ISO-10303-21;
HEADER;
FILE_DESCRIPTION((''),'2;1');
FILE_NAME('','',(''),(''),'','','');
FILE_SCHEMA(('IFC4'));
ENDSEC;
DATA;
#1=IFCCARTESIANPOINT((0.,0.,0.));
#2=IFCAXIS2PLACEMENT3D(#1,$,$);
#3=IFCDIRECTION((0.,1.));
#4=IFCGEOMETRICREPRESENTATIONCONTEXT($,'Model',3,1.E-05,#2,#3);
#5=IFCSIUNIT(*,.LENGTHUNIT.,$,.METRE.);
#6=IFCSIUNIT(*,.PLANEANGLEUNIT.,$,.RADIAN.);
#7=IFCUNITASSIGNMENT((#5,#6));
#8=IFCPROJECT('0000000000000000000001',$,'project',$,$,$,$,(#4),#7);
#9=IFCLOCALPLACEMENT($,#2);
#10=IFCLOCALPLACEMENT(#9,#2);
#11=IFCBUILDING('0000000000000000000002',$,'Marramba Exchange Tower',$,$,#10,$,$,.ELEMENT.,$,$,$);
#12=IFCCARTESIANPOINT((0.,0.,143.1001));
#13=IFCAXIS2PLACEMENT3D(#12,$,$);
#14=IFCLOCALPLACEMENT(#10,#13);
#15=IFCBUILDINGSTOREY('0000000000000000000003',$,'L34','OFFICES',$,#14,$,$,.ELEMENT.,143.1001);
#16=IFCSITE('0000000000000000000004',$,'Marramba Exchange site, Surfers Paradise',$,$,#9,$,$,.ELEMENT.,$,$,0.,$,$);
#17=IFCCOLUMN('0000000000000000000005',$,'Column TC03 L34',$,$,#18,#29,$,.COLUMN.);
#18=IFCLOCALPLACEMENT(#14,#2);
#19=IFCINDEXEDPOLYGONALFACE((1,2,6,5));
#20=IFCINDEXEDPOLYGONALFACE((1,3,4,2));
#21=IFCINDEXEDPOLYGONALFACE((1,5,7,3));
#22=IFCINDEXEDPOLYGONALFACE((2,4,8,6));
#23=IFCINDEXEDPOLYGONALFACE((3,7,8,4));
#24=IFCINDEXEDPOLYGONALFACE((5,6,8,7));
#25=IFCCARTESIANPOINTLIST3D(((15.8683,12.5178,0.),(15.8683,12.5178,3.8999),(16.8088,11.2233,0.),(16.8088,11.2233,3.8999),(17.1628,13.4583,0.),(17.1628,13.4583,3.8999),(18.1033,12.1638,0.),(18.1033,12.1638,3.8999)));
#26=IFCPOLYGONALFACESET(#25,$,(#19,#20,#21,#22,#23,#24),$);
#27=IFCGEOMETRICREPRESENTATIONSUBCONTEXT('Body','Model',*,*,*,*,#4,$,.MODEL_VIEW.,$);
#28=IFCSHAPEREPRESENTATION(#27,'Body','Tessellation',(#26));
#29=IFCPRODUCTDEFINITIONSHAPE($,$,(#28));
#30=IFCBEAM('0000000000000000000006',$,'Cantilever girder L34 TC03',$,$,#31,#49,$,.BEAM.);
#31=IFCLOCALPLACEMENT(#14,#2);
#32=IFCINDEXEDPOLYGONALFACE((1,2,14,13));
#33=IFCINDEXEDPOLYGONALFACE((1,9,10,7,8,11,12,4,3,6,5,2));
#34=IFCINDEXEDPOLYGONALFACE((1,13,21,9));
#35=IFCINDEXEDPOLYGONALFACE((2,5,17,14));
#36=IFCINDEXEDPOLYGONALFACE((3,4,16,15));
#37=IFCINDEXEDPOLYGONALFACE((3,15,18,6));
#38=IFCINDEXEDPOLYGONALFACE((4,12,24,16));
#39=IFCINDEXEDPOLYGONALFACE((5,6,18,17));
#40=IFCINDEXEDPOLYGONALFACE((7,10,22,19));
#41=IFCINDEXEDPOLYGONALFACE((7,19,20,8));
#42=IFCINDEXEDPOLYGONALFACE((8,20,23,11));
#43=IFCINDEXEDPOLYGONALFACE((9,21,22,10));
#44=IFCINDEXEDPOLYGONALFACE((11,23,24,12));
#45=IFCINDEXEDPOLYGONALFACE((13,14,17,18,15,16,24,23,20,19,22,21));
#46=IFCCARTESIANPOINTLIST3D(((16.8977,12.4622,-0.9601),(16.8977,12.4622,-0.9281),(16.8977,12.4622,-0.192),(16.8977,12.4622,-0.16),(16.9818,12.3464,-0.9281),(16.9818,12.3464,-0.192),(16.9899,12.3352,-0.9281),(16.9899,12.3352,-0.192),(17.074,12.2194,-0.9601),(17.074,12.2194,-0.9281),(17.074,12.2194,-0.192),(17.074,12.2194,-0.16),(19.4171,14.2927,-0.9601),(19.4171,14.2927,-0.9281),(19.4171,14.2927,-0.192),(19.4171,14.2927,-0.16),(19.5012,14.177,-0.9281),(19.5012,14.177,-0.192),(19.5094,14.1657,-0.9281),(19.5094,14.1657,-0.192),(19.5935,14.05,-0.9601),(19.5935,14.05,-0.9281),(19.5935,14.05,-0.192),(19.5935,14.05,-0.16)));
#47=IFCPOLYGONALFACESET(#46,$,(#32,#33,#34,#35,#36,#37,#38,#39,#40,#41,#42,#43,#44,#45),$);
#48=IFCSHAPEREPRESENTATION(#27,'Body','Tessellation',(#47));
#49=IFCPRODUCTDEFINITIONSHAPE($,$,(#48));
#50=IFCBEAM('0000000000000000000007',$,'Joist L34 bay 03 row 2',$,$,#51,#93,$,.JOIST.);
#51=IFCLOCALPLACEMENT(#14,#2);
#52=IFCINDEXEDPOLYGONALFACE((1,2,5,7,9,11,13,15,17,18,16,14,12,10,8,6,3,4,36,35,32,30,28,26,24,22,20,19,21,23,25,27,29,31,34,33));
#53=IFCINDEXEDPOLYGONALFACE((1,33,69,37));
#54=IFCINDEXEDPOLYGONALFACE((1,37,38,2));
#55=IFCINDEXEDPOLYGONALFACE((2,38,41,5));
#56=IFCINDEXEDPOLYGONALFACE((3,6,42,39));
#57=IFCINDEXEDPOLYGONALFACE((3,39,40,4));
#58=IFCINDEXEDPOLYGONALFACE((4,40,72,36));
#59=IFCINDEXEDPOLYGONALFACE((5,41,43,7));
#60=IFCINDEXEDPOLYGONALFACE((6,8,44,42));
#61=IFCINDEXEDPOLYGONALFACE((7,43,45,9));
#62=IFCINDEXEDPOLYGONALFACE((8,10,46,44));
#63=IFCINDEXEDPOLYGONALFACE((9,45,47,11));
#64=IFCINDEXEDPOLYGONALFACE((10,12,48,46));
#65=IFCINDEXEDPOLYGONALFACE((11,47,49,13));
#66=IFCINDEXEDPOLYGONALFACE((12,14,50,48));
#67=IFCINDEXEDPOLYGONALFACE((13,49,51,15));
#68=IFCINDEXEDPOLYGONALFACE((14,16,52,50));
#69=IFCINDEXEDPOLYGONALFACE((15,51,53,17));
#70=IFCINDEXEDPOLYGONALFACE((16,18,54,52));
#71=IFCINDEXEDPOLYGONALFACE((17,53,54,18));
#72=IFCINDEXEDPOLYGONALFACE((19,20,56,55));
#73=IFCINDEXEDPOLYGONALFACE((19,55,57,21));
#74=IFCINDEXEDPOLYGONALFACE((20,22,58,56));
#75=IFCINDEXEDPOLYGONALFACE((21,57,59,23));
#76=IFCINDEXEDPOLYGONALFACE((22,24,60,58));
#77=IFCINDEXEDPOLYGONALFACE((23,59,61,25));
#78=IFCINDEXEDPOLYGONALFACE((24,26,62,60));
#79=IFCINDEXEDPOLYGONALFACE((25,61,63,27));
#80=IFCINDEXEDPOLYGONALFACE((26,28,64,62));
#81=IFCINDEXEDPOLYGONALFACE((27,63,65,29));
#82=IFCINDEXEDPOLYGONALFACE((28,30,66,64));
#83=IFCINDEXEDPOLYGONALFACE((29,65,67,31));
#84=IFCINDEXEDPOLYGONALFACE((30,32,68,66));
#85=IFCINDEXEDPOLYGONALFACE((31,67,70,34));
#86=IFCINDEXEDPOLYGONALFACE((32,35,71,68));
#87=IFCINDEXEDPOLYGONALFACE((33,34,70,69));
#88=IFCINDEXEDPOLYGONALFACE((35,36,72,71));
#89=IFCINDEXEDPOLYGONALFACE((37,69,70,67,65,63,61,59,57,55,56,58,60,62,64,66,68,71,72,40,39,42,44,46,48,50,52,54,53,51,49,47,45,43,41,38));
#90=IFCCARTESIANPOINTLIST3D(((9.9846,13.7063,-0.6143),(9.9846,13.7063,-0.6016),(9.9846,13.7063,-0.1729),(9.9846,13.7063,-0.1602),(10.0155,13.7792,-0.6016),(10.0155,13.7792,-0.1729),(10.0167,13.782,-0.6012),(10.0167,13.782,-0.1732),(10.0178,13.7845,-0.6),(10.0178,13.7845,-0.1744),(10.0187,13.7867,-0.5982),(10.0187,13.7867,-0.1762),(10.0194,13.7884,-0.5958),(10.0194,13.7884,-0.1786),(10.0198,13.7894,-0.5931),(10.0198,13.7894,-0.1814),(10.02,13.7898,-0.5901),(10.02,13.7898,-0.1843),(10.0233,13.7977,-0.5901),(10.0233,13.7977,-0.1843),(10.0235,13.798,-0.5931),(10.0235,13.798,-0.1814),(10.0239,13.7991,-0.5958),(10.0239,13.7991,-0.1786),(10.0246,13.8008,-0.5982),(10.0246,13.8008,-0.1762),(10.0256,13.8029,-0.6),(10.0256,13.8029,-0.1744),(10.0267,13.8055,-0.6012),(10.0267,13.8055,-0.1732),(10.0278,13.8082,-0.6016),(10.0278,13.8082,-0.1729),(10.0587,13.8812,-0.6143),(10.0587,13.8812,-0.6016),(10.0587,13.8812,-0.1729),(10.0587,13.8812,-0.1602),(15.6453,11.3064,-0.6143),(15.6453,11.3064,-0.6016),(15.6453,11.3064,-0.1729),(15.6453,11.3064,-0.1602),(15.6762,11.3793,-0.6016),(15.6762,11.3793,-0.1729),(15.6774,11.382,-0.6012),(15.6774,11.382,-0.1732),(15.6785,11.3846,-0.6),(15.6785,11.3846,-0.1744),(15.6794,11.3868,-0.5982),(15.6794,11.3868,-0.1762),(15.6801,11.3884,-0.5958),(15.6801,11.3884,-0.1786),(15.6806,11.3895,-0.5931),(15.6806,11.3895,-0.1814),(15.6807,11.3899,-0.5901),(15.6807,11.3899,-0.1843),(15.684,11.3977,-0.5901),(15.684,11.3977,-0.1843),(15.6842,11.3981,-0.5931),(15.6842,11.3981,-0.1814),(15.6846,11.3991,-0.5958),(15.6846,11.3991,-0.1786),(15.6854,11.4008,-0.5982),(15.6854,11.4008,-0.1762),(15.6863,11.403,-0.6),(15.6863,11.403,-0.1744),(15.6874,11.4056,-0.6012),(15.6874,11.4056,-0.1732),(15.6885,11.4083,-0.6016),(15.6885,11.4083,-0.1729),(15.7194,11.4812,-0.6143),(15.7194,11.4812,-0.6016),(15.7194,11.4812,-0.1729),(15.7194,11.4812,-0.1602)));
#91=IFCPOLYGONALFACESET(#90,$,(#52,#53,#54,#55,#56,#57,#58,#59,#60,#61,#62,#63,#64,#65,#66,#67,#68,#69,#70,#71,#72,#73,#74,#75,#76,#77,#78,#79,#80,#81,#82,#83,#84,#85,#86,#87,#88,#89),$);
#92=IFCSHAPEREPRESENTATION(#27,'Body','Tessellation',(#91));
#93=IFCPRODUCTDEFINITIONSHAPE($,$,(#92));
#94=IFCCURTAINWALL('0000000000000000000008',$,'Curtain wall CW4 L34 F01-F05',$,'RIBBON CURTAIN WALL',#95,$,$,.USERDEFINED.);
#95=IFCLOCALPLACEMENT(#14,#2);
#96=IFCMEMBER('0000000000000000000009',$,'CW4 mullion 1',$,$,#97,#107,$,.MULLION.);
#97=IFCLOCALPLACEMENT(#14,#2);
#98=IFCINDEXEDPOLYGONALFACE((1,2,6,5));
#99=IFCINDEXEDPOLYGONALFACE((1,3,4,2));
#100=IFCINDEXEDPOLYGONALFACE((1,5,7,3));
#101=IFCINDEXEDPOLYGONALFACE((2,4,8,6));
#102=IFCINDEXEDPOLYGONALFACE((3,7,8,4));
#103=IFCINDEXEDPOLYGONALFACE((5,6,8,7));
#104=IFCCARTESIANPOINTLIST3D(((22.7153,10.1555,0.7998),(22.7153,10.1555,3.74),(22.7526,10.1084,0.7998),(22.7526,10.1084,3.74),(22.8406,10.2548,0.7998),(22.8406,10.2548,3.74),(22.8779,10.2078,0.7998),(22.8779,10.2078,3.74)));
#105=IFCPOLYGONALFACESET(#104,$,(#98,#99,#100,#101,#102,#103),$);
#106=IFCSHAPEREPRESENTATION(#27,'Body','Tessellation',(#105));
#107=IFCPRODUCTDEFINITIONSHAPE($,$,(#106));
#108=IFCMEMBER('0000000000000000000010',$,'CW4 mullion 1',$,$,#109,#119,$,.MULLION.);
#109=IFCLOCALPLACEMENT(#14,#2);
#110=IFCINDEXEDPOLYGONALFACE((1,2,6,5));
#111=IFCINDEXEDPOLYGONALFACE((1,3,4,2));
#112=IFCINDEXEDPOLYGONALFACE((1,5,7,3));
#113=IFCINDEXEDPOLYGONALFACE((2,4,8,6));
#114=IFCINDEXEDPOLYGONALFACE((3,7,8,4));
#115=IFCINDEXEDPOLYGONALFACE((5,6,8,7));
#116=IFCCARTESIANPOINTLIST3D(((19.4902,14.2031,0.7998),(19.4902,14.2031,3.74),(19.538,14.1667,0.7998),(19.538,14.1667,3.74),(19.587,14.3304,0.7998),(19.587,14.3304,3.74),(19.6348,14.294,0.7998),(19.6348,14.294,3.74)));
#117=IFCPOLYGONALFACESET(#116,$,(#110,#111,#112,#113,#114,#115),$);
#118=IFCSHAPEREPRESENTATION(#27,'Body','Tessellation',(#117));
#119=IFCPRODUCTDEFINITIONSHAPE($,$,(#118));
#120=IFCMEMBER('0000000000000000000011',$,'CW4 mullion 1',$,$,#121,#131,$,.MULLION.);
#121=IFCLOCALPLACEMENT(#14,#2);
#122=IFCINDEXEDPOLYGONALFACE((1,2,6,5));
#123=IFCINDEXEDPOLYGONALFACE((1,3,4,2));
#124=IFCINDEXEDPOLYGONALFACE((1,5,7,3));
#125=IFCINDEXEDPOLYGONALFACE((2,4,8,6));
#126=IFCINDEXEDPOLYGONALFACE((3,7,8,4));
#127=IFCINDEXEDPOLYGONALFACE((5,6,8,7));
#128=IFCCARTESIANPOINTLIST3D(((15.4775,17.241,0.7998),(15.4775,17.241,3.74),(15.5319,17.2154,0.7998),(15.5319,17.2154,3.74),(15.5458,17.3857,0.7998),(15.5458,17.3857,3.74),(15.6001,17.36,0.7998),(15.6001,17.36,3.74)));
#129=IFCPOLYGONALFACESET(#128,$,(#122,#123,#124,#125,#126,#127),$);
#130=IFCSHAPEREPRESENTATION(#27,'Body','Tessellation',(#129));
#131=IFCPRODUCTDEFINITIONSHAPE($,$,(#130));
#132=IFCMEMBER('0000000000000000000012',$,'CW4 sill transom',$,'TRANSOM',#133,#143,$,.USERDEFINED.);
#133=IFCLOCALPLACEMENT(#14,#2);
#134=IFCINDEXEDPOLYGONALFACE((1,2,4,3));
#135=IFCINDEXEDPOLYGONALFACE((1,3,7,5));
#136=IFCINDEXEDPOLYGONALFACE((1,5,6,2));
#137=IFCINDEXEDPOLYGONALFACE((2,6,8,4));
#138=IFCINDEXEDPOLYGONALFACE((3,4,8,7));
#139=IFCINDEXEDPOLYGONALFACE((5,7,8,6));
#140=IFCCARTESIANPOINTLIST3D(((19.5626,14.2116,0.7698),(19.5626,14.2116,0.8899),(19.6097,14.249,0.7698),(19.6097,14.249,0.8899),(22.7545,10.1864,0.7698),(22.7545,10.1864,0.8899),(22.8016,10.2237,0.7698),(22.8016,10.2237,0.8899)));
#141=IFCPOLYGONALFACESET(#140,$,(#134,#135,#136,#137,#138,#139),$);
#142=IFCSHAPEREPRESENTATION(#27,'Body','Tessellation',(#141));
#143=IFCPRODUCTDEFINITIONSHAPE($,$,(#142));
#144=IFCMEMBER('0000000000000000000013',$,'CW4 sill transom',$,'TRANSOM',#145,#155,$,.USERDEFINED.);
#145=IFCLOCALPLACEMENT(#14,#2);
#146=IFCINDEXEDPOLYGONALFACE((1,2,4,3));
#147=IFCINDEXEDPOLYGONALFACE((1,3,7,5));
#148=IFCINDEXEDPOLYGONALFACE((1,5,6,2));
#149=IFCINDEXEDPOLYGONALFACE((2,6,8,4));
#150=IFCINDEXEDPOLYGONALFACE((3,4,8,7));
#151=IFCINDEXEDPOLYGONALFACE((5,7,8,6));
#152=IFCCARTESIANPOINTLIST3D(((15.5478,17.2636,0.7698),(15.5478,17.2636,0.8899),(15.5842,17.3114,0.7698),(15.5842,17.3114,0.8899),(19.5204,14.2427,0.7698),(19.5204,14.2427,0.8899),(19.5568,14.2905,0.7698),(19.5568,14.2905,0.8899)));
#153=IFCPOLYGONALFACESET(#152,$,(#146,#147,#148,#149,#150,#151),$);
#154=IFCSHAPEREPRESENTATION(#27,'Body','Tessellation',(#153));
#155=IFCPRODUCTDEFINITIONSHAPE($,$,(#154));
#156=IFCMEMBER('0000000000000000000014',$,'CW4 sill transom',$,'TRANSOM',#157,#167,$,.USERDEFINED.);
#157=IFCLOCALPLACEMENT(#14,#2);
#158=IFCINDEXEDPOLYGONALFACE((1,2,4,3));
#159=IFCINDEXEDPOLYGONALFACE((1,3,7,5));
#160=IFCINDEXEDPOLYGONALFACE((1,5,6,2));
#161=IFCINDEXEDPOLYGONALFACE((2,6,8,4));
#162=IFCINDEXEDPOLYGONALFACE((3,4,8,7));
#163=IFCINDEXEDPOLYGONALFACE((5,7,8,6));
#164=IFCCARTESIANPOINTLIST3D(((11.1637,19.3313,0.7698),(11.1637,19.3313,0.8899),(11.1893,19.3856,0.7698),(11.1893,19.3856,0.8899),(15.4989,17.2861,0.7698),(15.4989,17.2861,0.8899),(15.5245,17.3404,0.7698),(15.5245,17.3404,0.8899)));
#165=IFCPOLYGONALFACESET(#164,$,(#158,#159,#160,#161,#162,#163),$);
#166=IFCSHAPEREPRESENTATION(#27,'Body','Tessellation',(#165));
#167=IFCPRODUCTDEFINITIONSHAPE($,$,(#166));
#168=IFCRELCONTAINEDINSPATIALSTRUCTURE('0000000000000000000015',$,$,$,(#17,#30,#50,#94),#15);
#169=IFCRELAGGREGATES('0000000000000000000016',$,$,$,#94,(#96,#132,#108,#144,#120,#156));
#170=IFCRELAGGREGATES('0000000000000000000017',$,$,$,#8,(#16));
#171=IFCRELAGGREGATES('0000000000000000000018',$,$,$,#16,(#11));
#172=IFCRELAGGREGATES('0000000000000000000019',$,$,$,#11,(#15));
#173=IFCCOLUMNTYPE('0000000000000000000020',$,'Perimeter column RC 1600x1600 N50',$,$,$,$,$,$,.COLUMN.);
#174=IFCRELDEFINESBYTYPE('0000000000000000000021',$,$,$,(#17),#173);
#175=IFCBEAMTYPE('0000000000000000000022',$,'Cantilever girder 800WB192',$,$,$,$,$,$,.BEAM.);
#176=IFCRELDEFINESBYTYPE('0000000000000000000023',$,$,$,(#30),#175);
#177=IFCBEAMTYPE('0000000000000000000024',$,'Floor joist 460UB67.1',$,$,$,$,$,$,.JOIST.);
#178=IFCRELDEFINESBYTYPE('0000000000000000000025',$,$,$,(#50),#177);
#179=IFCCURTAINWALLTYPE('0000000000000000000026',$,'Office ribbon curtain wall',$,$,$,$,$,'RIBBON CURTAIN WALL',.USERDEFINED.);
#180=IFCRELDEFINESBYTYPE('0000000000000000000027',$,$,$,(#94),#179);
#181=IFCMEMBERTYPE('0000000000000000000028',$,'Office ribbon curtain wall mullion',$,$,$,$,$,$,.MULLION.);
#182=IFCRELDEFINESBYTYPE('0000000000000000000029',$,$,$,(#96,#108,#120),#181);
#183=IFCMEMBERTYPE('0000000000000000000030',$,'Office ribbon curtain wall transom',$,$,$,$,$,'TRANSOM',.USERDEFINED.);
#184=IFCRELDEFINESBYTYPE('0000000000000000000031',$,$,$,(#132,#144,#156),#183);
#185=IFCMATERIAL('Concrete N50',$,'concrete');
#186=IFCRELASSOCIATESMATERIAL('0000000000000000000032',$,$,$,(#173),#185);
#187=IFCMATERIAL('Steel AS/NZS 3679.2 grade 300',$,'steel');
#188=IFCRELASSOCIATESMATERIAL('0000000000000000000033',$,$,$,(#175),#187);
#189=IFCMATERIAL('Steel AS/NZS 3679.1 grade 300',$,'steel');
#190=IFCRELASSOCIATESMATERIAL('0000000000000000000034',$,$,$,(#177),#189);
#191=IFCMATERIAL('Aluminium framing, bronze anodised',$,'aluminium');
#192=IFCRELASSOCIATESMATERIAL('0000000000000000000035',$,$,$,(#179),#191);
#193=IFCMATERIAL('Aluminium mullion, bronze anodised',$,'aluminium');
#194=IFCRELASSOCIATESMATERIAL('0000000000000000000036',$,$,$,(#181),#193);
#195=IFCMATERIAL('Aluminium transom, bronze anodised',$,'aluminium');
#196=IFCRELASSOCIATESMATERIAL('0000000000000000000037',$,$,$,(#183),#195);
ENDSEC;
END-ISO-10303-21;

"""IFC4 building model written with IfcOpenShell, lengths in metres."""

from ifc_helpers import new_model, si_unit, direction, frame, origin, origin_2d, place, context, subcontext, project, spatial, rectangle, i_section, extrude, material, material_profile, profile_set, type_object, element, aggregate, save


model = new_model("IFC4")

# Units and contexts
model_context = context("Model", 3, precision=1e-05, world=origin(), true_north=direction((0.0, 1.0)))
body_context = subcontext(model_context, "Body", "Model", "MODEL_VIEW")
ifc_project = project(units=[si_unit("LENGTHUNIT", "METRE"), si_unit("PLANEANGLEUNIT", "RADIAN")], contexts=[model_context])

# Site, building, storey
site_placement = place(None, origin())
site = spatial("IfcSite", under=ifc_project, at=site_placement, Name="Marramba Exchange site, Surfers Paradise", CompositionType="ELEMENT", RefElevation=0.0)
building_placement = place(site_placement, origin())
building = spatial("IfcBuilding", under=site, at=building_placement, Name="Marramba Exchange Tower", CompositionType="ELEMENT")
storey_placement = place(building_placement, frame((0.0, 0.0, 143.1001)))
storey = spatial("IfcBuildingStorey", under=building, at=storey_placement, Name="L34", Description="OFFICES", CompositionType="ELEMENT", Elevation=143.1001)

# Column
ifc_material_1 = material(Name="Concrete N50", Category="concrete")
ifc_material_profile_1 = material_profile(ifc_material_1, rectangle(XDim=1.6001, YDim=1.6001, at=origin_2d()), Name="RC 1600x1600")
ifc_profile_set_1 = profile_set([ifc_material_profile_1], Name="Concrete N50")
column_type = type_object("IfcColumnType", Name="Perimeter column RC 1600x1600 N50", PredefinedType="COLUMN", material=ifc_profile_set_1)
column_placement = place(storey_placement, frame((16.9858, 12.3408, 0.0), z_axis=(0.0, 0.0, 1.0), x_axis=(0.809017, 0.587785, 0.0)))
element("IfcColumn", 1, at=column_placement, inside=storey, type_object=column_type, Name="Column TC03 L34", PredefinedType="COLUMN", context=body_context, shape_type="SweptSolid", body=[
    extrude(rectangle(XDim=1.6001, YDim=1.6001, at=origin_2d()), origin(), (0.0, 0.0, 1.0), 3.8999),
])

# Beams
ifc_material_2 = material(Name="Steel AS/NZS 3679.2 grade 300", Category="steel")
ifc_material_profile_2 = material_profile(ifc_material_2, i_section(OverallWidth=0.3, OverallDepth=0.8, WebThickness=0.0139, FlangeThickness=0.032, at=origin_2d()), Name="800WB192")
ifc_profile_set_2 = profile_set([ifc_material_profile_2], Name="Steel AS/NZS 3679.2 grade 300")
beam_type_1 = type_object("IfcBeamType", Name="Cantilever girder 800WB192", PredefinedType="BEAM", material=ifc_profile_set_2)
beam_1_placement = place(storey_placement, frame((16.9858, 12.3408, -0.5601), z_axis=(0.809014, 0.587789, 0.0), x_axis=(-0.587789, 0.809014, 0.0)))
element("IfcBeam", 2, at=beam_1_placement, inside=storey, type_object=beam_type_1, Name="Cantilever girder L34 TC03", PredefinedType="BEAM", context=body_context, shape_type="SweptSolid", body=[
    extrude(i_section(OverallWidth=0.3, OverallDepth=0.8, WebThickness=0.0139, FlangeThickness=0.032, at=origin_2d()), origin(), (0.0, 0.0, 1.0), 3.1143),
])
ifc_material_3 = material(Name="Steel AS/NZS 3679.1 grade 300", Category="steel")
ifc_material_profile_3 = material_profile(ifc_material_3, i_section(OverallWidth=0.1899, OverallDepth=0.4541, WebThickness=0.0085, FlangeThickness=0.0127, FilletRadius=0.0115, at=origin_2d()), Name="460UB67.1")
ifc_profile_set_3 = profile_set([ifc_material_profile_3], Name="Steel AS/NZS 3679.1 grade 300")
beam_type_2 = type_object("IfcBeamType", Name="Floor joist 460UB67.1", PredefinedType="JOIST", material=ifc_profile_set_3)
beam_2_placement = place(storey_placement, frame((15.6824, 11.3938, -0.3872), z_axis=(-0.920674, 0.390332, 0.0), x_axis=(-0.390332, -0.920674, 0.0)))
element("IfcBeam", 3, at=beam_2_placement, inside=storey, type_object=beam_type_2, Name="Joist L34 bay 03 row 2", PredefinedType="JOIST", context=body_context, shape_type="SweptSolid", body=[
    extrude(i_section(OverallWidth=0.1899, OverallDepth=0.4541, WebThickness=0.0085, FlangeThickness=0.0127, FilletRadius=0.0115, at=origin_2d()), origin(), (0.0, 0.0, 1.0), 6.1484),
])

# Curtain wall, members
ifc_material_4 = material(Name="Aluminium framing, bronze anodised", Category="aluminium")
curtain_wall_type = type_object("IfcCurtainWallType", Name="Office ribbon curtain wall", ElementType="RIBBON CURTAIN WALL", PredefinedType="USERDEFINED", material=ifc_material_4)
curtain_wall_placement = place(storey_placement, origin())
curtain_wall = element("IfcCurtainWall", 4, at=curtain_wall_placement, inside=storey, type_object=curtain_wall_type, Name="Curtain wall CW4 L34 F01-F05", ObjectType="RIBBON CURTAIN WALL", PredefinedType="USERDEFINED")
ifc_material_5 = material(Name="Aluminium mullion, bronze anodised", Category="aluminium")
ifc_material_profile_4 = material_profile(ifc_material_5, rectangle(XDim=0.1599, YDim=0.0601, at=origin_2d()), Name="CW4 mullion 60x160")
ifc_profile_set_4 = profile_set([ifc_material_profile_4], Name="Aluminium mullion, bronze anodised")
member_type_1 = type_object("IfcMemberType", Name="Office ribbon curtain wall mullion", PredefinedType="MULLION", material=ifc_profile_set_4)
member_1_placement = place(storey_placement, frame((22.7966, 10.1816, 0.7998), z_axis=(0.0, 0.0, 1.0), x_axis=(-0.783563, -0.621312, 0.0)))
member_1 = element("IfcMember", 5, at=member_1_placement, type_object=member_type_1, Name="CW4 mullion 1", PredefinedType="MULLION", context=body_context, shape_type="SweptSolid", body=[
    extrude(rectangle(XDim=0.1599, YDim=0.0601, at=origin_2d()), origin(), (0.0, 0.0, 1.0), 2.9402),
])
member_2_placement = place(storey_placement, frame((19.5625, 14.2485, 0.7998), z_axis=(0.0, 0.0, 1.0), x_axis=(-0.605334, -0.795972, 0.0)))
member_2 = element("IfcMember", 6, at=member_2_placement, type_object=member_type_1, Name="CW4 mullion 1", PredefinedType="MULLION", context=body_context, shape_type="SweptSolid", body=[
    extrude(rectangle(XDim=0.1599, YDim=0.0601, at=origin_2d()), origin(), (0.0, 0.0, 1.0), 2.9402),
])
member_3_placement = place(storey_placement, frame((15.5388, 17.3005, 0.7998), z_axis=(0.0, 0.0, 1.0), x_axis=(-0.426679, -0.904403, 0.0)))
member_3 = element("IfcMember", 7, at=member_3_placement, type_object=member_type_1, Name="CW4 mullion 1", PredefinedType="MULLION", context=body_context, shape_type="SweptSolid", body=[
    extrude(rectangle(XDim=0.1599, YDim=0.0601, at=origin_2d()), origin(), (0.0, 0.0, 1.0), 2.9402),
])
ifc_material_6 = material(Name="Aluminium transom, bronze anodised", Category="aluminium")
ifc_material_profile_5 = material_profile(ifc_material_6, rectangle(XDim=0.0601, YDim=0.1201, at=origin_2d()), Name="CW4 transom 60x120")
ifc_profile_set_5 = profile_set([ifc_material_profile_5], Name="Aluminium transom, bronze anodised")
member_type_2 = type_object("IfcMemberType", Name="Office ribbon curtain wall transom", ElementType="TRANSOM", PredefinedType="USERDEFINED", material=ifc_profile_set_5)
member_4_placement = place(storey_placement, frame((22.7781, 10.2051, 0.8298), z_axis=(-0.621339, 0.783542, 0.0), x_axis=(-0.783542, -0.621339, 0.0)))
member_4 = element("IfcMember", 8, at=member_4_placement, type_object=member_type_2, Name="CW4 sill transom", ObjectType="TRANSOM", PredefinedType="USERDEFINED", context=body_context, shape_type="SweptSolid", body=[
    extrude(rectangle(XDim=0.0601, YDim=0.1201, at=origin_2d()), origin(), (0.0, 0.0, 1.0), 5.1372),
])
member_5_placement = place(storey_placement, frame((19.5386, 14.2666, 0.8298), z_axis=(-0.795991, 0.605309, 0.0), x_axis=(-0.605309, -0.795991, 0.0)))
member_5 = element("IfcMember", 9, at=member_5_placement, type_object=member_type_2, Name="CW4 sill transom", ObjectType="TRANSOM", PredefinedType="USERDEFINED", context=body_context, shape_type="SweptSolid", body=[
    extrude(rectangle(XDim=0.0601, YDim=0.1201, at=origin_2d()), origin(), (0.0, 0.0, 1.0), 4.9907),
])
member_6_placement = place(storey_placement, frame((15.5117, 17.3132, 0.8298), z_axis=(-0.904411, 0.426663, 0.0), x_axis=(-0.426663, -0.904411, 0.0)))
member_6 = element("IfcMember", 10, at=member_6_placement, type_object=member_type_2, Name="CW4 sill transom", ObjectType="TRANSOM", PredefinedType="USERDEFINED", context=body_context, shape_type="SweptSolid", body=[
    extrude(rectangle(XDim=0.0601, YDim=0.1201, at=origin_2d()), origin(), (0.0, 0.0, 1.0), 4.7935),
])

aggregate(curtain_wall, [member_1, member_4, member_2, member_5, member_3, member_6])

save(model, "model.ifc")
